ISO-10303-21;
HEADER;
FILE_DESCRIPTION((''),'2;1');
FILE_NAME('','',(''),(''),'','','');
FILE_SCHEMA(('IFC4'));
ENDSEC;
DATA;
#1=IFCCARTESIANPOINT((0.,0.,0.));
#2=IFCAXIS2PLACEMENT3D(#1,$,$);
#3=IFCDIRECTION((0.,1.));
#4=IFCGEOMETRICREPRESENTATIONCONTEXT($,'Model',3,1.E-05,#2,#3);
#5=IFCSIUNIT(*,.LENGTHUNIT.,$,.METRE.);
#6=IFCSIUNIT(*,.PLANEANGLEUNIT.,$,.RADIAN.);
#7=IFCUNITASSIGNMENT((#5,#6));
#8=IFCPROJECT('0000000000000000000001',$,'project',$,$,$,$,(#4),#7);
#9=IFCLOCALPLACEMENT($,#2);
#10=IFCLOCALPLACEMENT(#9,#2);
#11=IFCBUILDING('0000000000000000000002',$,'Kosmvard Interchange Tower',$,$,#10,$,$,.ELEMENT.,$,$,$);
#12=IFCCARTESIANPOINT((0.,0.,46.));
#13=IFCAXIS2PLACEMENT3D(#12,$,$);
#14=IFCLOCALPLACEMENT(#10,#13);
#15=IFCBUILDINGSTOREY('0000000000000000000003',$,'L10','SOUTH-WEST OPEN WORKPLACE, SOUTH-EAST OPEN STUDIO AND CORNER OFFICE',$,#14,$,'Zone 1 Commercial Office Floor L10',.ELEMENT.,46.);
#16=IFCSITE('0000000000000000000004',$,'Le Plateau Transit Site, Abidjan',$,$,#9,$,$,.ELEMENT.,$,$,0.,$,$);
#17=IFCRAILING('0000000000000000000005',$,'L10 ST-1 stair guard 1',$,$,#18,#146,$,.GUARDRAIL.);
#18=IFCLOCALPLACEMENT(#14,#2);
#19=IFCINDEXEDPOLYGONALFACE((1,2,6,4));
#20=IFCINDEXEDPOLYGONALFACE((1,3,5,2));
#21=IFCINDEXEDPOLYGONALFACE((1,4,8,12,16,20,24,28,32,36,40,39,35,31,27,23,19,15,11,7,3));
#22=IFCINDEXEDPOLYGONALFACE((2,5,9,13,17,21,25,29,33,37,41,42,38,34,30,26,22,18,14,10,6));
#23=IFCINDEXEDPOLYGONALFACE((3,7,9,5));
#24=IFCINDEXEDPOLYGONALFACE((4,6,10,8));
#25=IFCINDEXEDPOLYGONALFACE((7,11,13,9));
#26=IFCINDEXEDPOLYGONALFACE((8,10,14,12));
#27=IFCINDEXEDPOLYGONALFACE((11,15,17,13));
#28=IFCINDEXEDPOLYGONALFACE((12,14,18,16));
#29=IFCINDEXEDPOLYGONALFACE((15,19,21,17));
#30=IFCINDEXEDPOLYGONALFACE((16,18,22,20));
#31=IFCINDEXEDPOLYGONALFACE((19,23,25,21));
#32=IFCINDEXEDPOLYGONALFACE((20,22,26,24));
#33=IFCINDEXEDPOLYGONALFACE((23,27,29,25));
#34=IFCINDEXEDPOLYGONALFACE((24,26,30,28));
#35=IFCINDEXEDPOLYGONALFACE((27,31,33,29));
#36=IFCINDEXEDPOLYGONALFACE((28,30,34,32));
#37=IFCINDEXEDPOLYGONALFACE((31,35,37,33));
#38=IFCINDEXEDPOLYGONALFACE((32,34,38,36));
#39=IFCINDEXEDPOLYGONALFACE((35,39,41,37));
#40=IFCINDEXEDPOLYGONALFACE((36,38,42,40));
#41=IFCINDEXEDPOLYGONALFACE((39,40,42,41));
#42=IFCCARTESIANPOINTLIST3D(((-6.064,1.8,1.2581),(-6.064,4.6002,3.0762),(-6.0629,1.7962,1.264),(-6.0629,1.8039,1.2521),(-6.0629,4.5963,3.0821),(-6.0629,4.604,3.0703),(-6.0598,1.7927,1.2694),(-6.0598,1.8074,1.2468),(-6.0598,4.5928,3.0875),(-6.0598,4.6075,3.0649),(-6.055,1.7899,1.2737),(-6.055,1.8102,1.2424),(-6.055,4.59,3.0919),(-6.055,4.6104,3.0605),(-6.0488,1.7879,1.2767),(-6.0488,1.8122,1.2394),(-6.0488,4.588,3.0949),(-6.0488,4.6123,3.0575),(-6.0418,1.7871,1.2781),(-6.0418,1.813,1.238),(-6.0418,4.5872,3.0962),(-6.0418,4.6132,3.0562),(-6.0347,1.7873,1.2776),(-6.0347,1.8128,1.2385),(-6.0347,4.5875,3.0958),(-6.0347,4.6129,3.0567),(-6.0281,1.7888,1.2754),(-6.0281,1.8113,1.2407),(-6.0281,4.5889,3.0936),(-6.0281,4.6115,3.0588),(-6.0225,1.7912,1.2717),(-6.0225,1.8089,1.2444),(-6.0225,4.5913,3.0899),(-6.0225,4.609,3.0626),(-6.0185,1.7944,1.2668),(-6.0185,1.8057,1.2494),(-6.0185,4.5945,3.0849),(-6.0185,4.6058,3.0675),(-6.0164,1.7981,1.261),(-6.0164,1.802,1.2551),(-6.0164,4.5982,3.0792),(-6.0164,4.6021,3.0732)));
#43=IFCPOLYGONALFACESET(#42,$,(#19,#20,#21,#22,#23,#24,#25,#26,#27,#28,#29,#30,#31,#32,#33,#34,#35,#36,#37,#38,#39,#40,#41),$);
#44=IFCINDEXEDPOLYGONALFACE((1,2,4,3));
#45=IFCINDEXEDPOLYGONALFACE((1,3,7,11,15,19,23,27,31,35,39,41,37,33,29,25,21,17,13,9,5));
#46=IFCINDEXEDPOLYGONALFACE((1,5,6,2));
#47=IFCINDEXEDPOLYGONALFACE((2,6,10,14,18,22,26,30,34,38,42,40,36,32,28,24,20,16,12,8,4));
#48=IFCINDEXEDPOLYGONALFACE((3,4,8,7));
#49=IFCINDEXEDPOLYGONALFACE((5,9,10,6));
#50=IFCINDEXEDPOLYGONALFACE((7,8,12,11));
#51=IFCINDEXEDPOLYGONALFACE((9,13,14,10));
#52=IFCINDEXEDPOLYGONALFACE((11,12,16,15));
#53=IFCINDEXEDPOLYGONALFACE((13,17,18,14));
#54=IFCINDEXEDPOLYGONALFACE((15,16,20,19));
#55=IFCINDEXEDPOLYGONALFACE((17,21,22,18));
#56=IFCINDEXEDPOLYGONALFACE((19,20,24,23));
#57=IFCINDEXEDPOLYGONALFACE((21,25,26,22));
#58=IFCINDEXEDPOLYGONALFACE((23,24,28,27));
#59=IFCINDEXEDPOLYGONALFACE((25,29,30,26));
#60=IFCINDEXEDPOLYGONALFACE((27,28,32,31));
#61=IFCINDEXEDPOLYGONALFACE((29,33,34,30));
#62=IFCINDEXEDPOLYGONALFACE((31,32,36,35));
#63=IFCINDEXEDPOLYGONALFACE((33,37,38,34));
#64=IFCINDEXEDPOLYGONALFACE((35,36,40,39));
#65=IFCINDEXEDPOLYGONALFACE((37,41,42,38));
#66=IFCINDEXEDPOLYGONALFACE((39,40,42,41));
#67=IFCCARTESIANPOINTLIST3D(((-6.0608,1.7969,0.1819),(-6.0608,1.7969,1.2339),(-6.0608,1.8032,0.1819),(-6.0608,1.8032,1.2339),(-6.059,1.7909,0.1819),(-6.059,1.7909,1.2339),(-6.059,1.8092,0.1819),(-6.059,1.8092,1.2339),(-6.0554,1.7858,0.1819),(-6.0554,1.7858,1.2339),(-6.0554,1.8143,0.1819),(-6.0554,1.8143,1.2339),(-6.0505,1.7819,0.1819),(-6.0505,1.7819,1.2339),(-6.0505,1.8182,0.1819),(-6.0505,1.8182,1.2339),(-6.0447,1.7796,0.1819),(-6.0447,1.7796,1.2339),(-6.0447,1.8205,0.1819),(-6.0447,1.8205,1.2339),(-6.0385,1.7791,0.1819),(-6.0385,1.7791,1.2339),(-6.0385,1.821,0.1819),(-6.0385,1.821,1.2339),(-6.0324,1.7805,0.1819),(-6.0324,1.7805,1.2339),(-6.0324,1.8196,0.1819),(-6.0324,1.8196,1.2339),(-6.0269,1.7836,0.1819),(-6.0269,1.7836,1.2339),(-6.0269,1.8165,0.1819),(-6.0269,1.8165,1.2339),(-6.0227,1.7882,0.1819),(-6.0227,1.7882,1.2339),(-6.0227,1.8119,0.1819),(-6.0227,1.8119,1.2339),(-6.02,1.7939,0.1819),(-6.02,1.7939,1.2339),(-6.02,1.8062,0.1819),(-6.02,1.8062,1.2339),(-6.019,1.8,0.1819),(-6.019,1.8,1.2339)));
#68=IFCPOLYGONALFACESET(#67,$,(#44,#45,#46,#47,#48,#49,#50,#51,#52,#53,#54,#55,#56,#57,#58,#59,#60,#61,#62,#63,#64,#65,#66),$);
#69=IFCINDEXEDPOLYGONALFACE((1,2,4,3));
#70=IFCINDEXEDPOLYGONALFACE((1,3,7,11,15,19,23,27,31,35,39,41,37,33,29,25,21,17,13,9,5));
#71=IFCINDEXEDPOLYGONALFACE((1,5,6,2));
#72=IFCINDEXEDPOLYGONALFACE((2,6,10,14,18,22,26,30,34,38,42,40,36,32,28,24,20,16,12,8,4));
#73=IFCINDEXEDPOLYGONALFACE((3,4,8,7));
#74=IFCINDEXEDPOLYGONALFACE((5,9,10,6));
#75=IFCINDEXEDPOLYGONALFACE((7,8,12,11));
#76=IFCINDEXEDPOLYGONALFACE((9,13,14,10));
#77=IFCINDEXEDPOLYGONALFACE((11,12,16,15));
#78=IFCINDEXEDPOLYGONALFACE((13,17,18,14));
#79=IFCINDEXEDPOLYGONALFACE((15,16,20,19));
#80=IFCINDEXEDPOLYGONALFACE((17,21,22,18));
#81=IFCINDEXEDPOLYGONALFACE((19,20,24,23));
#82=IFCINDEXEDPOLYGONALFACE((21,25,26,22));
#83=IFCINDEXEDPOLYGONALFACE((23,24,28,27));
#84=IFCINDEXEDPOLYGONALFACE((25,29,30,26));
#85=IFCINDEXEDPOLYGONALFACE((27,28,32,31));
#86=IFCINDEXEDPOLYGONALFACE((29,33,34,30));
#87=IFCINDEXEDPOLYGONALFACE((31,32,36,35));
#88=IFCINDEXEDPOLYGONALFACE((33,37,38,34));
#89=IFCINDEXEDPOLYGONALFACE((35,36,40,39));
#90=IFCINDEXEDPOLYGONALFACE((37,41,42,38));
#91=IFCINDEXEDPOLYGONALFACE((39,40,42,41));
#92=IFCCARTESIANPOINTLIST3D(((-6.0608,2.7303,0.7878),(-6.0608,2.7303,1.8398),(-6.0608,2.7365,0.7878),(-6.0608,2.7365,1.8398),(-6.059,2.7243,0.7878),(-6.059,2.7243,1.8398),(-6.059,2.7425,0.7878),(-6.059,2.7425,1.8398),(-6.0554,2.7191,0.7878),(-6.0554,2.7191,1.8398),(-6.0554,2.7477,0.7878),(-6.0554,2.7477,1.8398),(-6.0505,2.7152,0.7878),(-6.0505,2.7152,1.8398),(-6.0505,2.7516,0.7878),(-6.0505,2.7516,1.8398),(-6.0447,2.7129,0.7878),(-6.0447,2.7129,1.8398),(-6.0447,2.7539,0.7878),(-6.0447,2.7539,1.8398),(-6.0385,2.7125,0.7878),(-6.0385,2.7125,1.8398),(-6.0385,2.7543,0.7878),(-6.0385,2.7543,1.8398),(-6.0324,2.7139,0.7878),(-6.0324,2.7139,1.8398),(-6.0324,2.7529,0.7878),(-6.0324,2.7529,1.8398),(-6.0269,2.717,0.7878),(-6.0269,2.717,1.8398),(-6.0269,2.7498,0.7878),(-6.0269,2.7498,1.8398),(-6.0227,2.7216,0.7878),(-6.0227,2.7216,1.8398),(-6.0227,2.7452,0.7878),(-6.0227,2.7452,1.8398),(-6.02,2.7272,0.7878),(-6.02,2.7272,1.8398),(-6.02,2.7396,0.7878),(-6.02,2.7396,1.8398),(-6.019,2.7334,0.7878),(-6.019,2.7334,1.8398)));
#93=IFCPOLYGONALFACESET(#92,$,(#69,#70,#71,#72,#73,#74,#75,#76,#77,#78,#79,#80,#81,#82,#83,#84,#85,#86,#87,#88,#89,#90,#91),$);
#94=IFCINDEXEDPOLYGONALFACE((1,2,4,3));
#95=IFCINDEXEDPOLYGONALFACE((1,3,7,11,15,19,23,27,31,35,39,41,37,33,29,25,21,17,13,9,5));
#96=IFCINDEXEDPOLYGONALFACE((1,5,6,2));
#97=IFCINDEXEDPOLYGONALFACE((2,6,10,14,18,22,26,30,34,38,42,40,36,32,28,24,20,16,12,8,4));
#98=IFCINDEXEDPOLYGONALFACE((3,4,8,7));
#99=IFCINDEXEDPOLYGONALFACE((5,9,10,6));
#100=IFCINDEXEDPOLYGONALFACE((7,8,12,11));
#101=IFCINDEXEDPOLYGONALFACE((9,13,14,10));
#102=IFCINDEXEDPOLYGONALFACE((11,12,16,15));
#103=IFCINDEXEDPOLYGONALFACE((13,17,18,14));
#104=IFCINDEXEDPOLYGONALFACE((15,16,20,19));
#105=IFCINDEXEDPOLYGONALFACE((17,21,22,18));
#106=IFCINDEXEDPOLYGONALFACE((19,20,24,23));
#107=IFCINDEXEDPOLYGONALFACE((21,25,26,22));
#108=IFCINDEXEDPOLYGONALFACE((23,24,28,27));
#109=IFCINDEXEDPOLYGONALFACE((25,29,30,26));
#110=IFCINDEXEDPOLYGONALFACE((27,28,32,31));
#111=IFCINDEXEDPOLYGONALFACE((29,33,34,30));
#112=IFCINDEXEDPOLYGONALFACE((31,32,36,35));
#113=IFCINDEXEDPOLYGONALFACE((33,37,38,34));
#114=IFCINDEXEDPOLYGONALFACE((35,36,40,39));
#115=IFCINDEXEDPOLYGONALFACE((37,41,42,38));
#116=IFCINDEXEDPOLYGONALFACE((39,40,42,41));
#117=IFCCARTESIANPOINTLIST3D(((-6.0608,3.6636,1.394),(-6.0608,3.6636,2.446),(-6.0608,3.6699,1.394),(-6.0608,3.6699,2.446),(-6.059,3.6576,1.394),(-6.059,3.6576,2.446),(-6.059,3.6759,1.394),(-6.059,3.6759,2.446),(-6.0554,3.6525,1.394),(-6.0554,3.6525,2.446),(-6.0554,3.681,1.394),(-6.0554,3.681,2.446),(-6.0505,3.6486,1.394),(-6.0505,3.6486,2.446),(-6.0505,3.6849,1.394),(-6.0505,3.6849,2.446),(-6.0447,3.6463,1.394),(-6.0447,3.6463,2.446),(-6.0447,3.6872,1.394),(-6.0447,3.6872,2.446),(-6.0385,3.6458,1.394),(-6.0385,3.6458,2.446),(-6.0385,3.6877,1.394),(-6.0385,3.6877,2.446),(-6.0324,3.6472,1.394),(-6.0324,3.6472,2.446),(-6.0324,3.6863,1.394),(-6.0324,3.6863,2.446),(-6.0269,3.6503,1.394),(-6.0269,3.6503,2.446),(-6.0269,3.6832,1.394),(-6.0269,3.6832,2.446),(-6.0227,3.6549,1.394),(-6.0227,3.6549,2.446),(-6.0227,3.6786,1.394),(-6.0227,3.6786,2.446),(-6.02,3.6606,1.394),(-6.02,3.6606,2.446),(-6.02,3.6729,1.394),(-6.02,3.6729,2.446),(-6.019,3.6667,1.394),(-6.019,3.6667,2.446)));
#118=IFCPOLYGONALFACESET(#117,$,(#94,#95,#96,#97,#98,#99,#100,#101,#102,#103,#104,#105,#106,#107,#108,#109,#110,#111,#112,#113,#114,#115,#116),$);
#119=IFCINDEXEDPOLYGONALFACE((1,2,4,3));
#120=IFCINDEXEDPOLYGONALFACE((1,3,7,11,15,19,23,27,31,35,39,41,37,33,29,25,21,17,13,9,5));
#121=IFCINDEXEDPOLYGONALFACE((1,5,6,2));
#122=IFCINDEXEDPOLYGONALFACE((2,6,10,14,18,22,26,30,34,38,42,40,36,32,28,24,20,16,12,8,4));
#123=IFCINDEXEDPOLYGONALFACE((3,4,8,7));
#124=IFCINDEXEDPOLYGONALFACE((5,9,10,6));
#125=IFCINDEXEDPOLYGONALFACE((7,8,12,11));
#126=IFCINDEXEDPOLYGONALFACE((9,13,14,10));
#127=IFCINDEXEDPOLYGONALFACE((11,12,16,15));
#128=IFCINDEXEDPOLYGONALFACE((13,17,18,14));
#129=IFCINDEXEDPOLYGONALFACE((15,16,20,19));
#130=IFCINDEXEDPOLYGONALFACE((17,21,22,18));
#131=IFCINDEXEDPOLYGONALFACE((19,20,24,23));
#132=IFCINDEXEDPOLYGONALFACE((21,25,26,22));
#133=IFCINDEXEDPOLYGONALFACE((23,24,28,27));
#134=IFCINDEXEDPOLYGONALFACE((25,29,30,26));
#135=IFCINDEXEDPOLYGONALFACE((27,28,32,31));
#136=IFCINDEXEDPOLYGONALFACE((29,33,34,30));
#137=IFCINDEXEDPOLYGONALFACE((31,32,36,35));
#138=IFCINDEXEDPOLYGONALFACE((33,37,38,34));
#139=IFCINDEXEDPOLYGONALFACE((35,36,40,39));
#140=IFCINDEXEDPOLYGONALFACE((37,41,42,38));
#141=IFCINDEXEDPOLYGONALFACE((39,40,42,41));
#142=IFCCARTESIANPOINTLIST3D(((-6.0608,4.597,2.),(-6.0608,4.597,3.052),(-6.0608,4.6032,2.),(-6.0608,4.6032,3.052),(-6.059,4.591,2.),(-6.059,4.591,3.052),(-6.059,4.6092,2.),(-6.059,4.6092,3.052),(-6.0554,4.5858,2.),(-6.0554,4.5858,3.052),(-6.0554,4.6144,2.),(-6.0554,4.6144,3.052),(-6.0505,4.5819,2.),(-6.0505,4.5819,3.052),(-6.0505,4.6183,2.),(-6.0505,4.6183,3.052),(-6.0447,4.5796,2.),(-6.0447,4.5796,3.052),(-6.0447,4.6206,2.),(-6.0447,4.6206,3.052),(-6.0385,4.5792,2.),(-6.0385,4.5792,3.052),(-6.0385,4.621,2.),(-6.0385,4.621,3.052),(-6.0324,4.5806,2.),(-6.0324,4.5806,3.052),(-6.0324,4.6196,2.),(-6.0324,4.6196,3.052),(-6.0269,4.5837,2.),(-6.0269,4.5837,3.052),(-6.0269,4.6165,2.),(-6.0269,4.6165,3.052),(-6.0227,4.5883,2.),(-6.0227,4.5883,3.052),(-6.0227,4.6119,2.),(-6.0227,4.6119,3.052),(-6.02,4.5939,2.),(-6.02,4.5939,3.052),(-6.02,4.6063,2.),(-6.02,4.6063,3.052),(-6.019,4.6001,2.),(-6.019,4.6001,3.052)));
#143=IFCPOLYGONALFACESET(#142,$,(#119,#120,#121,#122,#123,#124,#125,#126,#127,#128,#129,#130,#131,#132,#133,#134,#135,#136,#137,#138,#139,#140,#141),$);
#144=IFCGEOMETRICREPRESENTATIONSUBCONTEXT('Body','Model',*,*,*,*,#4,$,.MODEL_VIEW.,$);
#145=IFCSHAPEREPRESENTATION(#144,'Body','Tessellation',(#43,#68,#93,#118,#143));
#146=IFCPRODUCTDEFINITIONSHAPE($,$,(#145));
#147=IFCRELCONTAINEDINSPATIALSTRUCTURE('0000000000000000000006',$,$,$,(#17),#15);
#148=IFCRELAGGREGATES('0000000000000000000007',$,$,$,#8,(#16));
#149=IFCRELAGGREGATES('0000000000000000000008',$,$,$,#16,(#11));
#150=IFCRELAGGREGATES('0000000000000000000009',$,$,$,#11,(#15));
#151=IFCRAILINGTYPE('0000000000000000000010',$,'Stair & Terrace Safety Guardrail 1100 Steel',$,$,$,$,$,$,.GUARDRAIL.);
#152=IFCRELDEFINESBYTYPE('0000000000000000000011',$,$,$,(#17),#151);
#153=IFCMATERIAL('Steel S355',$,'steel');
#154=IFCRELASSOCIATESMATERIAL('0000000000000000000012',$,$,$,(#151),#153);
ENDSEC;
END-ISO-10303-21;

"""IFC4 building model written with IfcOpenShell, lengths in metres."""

from ifc_helpers import new_model, si_unit, direction, frame, origin, origin_2d, place, context, subcontext, project, spatial, circle, extrude, source, transform, mapped, material, type_object, element, save


model = new_model("IFC4")

# Units and contexts
model_context = context("Model", 3, precision=1e-05, world=origin(), true_north=direction((0.0, 1.0)))
body_context = subcontext(model_context, "Body", "Model", "MODEL_VIEW")
ifc_project = project(units=[si_unit("LENGTHUNIT", "METRE"), si_unit("PLANEANGLEUNIT", "RADIAN")], contexts=[model_context])

# Site, building, storey
site_placement = place(None, origin())
site = spatial("IfcSite", under=ifc_project, at=site_placement, Name="Le Plateau Transit Site, Abidjan", CompositionType="ELEMENT", RefElevation=0.0)
building_placement = place(site_placement, origin())
building = spatial("IfcBuilding", under=site, at=building_placement, Name="Kosmvard Interchange Tower", CompositionType="ELEMENT")
storey_placement = place(building_placement, frame((0.0, 0.0, 46.0)))
storey = spatial("IfcBuildingStorey", under=building, at=storey_placement, Name="L10", Description="SOUTH-WEST OPEN WORKPLACE, SOUTH-EAST OPEN STUDIO AND CORNER OFFICE", LongName="Zone 1 Commercial Office Floor L10", CompositionType="ELEMENT", Elevation=46.0)

# Shared definitions
ifc_material_1 = material(Name="Steel S355", Category="steel")

# Railing
railing_type_1 = type_object("IfcRailingType", Name="Stair & Terrace Safety Guardrail 1100 Steel", PredefinedType="GUARDRAIL", material=ifc_material_1)
shared_shape_1 = source(origin(), body_context, "Body", "SweptSolid", [
    extrude(circle(Radius=0.0239, at=origin_2d()), frame((0.0, 0.0, 1.0762), z_axis=(0.0, 0.838706, 0.544585), x_axis=(-1.0, 0.0, 0.0)), (0.0, 0.0, 1.0), 3.3386),
    extrude(circle(Radius=0.021, at=origin_2d()), origin(), (0.0, 0.0, 1.0), 1.052),
    extrude(circle(Radius=0.021, at=origin_2d()), frame((0.0, 0.9333, 0.606)), (0.0, 0.0, 1.0), 1.052),
    extrude(circle(Radius=0.021, at=origin_2d()), frame((0.0, 1.8667, 1.2122)), (0.0, 0.0, 1.0), 1.052),
    extrude(circle(Radius=0.021, at=origin_2d()), frame((0.0, 2.8, 1.8181)), (0.0, 0.0, 1.0), 1.052),
])
railing_1_placement = place(storey_placement, frame((-6.04, 1.8, 0.1819)))
element("IfcRailing", 1, at=railing_1_placement, inside=storey, type_object=railing_type_1, Name="L10 ST-1 stair guard 1", PredefinedType="GUARDRAIL", context=body_context, shape_type="MappedRepresentation", body=[
    mapped(shared_shape_1, transform((0.0, 0.0, 0.0), scale=1.0)),
])

save(model, "model.ifc")
